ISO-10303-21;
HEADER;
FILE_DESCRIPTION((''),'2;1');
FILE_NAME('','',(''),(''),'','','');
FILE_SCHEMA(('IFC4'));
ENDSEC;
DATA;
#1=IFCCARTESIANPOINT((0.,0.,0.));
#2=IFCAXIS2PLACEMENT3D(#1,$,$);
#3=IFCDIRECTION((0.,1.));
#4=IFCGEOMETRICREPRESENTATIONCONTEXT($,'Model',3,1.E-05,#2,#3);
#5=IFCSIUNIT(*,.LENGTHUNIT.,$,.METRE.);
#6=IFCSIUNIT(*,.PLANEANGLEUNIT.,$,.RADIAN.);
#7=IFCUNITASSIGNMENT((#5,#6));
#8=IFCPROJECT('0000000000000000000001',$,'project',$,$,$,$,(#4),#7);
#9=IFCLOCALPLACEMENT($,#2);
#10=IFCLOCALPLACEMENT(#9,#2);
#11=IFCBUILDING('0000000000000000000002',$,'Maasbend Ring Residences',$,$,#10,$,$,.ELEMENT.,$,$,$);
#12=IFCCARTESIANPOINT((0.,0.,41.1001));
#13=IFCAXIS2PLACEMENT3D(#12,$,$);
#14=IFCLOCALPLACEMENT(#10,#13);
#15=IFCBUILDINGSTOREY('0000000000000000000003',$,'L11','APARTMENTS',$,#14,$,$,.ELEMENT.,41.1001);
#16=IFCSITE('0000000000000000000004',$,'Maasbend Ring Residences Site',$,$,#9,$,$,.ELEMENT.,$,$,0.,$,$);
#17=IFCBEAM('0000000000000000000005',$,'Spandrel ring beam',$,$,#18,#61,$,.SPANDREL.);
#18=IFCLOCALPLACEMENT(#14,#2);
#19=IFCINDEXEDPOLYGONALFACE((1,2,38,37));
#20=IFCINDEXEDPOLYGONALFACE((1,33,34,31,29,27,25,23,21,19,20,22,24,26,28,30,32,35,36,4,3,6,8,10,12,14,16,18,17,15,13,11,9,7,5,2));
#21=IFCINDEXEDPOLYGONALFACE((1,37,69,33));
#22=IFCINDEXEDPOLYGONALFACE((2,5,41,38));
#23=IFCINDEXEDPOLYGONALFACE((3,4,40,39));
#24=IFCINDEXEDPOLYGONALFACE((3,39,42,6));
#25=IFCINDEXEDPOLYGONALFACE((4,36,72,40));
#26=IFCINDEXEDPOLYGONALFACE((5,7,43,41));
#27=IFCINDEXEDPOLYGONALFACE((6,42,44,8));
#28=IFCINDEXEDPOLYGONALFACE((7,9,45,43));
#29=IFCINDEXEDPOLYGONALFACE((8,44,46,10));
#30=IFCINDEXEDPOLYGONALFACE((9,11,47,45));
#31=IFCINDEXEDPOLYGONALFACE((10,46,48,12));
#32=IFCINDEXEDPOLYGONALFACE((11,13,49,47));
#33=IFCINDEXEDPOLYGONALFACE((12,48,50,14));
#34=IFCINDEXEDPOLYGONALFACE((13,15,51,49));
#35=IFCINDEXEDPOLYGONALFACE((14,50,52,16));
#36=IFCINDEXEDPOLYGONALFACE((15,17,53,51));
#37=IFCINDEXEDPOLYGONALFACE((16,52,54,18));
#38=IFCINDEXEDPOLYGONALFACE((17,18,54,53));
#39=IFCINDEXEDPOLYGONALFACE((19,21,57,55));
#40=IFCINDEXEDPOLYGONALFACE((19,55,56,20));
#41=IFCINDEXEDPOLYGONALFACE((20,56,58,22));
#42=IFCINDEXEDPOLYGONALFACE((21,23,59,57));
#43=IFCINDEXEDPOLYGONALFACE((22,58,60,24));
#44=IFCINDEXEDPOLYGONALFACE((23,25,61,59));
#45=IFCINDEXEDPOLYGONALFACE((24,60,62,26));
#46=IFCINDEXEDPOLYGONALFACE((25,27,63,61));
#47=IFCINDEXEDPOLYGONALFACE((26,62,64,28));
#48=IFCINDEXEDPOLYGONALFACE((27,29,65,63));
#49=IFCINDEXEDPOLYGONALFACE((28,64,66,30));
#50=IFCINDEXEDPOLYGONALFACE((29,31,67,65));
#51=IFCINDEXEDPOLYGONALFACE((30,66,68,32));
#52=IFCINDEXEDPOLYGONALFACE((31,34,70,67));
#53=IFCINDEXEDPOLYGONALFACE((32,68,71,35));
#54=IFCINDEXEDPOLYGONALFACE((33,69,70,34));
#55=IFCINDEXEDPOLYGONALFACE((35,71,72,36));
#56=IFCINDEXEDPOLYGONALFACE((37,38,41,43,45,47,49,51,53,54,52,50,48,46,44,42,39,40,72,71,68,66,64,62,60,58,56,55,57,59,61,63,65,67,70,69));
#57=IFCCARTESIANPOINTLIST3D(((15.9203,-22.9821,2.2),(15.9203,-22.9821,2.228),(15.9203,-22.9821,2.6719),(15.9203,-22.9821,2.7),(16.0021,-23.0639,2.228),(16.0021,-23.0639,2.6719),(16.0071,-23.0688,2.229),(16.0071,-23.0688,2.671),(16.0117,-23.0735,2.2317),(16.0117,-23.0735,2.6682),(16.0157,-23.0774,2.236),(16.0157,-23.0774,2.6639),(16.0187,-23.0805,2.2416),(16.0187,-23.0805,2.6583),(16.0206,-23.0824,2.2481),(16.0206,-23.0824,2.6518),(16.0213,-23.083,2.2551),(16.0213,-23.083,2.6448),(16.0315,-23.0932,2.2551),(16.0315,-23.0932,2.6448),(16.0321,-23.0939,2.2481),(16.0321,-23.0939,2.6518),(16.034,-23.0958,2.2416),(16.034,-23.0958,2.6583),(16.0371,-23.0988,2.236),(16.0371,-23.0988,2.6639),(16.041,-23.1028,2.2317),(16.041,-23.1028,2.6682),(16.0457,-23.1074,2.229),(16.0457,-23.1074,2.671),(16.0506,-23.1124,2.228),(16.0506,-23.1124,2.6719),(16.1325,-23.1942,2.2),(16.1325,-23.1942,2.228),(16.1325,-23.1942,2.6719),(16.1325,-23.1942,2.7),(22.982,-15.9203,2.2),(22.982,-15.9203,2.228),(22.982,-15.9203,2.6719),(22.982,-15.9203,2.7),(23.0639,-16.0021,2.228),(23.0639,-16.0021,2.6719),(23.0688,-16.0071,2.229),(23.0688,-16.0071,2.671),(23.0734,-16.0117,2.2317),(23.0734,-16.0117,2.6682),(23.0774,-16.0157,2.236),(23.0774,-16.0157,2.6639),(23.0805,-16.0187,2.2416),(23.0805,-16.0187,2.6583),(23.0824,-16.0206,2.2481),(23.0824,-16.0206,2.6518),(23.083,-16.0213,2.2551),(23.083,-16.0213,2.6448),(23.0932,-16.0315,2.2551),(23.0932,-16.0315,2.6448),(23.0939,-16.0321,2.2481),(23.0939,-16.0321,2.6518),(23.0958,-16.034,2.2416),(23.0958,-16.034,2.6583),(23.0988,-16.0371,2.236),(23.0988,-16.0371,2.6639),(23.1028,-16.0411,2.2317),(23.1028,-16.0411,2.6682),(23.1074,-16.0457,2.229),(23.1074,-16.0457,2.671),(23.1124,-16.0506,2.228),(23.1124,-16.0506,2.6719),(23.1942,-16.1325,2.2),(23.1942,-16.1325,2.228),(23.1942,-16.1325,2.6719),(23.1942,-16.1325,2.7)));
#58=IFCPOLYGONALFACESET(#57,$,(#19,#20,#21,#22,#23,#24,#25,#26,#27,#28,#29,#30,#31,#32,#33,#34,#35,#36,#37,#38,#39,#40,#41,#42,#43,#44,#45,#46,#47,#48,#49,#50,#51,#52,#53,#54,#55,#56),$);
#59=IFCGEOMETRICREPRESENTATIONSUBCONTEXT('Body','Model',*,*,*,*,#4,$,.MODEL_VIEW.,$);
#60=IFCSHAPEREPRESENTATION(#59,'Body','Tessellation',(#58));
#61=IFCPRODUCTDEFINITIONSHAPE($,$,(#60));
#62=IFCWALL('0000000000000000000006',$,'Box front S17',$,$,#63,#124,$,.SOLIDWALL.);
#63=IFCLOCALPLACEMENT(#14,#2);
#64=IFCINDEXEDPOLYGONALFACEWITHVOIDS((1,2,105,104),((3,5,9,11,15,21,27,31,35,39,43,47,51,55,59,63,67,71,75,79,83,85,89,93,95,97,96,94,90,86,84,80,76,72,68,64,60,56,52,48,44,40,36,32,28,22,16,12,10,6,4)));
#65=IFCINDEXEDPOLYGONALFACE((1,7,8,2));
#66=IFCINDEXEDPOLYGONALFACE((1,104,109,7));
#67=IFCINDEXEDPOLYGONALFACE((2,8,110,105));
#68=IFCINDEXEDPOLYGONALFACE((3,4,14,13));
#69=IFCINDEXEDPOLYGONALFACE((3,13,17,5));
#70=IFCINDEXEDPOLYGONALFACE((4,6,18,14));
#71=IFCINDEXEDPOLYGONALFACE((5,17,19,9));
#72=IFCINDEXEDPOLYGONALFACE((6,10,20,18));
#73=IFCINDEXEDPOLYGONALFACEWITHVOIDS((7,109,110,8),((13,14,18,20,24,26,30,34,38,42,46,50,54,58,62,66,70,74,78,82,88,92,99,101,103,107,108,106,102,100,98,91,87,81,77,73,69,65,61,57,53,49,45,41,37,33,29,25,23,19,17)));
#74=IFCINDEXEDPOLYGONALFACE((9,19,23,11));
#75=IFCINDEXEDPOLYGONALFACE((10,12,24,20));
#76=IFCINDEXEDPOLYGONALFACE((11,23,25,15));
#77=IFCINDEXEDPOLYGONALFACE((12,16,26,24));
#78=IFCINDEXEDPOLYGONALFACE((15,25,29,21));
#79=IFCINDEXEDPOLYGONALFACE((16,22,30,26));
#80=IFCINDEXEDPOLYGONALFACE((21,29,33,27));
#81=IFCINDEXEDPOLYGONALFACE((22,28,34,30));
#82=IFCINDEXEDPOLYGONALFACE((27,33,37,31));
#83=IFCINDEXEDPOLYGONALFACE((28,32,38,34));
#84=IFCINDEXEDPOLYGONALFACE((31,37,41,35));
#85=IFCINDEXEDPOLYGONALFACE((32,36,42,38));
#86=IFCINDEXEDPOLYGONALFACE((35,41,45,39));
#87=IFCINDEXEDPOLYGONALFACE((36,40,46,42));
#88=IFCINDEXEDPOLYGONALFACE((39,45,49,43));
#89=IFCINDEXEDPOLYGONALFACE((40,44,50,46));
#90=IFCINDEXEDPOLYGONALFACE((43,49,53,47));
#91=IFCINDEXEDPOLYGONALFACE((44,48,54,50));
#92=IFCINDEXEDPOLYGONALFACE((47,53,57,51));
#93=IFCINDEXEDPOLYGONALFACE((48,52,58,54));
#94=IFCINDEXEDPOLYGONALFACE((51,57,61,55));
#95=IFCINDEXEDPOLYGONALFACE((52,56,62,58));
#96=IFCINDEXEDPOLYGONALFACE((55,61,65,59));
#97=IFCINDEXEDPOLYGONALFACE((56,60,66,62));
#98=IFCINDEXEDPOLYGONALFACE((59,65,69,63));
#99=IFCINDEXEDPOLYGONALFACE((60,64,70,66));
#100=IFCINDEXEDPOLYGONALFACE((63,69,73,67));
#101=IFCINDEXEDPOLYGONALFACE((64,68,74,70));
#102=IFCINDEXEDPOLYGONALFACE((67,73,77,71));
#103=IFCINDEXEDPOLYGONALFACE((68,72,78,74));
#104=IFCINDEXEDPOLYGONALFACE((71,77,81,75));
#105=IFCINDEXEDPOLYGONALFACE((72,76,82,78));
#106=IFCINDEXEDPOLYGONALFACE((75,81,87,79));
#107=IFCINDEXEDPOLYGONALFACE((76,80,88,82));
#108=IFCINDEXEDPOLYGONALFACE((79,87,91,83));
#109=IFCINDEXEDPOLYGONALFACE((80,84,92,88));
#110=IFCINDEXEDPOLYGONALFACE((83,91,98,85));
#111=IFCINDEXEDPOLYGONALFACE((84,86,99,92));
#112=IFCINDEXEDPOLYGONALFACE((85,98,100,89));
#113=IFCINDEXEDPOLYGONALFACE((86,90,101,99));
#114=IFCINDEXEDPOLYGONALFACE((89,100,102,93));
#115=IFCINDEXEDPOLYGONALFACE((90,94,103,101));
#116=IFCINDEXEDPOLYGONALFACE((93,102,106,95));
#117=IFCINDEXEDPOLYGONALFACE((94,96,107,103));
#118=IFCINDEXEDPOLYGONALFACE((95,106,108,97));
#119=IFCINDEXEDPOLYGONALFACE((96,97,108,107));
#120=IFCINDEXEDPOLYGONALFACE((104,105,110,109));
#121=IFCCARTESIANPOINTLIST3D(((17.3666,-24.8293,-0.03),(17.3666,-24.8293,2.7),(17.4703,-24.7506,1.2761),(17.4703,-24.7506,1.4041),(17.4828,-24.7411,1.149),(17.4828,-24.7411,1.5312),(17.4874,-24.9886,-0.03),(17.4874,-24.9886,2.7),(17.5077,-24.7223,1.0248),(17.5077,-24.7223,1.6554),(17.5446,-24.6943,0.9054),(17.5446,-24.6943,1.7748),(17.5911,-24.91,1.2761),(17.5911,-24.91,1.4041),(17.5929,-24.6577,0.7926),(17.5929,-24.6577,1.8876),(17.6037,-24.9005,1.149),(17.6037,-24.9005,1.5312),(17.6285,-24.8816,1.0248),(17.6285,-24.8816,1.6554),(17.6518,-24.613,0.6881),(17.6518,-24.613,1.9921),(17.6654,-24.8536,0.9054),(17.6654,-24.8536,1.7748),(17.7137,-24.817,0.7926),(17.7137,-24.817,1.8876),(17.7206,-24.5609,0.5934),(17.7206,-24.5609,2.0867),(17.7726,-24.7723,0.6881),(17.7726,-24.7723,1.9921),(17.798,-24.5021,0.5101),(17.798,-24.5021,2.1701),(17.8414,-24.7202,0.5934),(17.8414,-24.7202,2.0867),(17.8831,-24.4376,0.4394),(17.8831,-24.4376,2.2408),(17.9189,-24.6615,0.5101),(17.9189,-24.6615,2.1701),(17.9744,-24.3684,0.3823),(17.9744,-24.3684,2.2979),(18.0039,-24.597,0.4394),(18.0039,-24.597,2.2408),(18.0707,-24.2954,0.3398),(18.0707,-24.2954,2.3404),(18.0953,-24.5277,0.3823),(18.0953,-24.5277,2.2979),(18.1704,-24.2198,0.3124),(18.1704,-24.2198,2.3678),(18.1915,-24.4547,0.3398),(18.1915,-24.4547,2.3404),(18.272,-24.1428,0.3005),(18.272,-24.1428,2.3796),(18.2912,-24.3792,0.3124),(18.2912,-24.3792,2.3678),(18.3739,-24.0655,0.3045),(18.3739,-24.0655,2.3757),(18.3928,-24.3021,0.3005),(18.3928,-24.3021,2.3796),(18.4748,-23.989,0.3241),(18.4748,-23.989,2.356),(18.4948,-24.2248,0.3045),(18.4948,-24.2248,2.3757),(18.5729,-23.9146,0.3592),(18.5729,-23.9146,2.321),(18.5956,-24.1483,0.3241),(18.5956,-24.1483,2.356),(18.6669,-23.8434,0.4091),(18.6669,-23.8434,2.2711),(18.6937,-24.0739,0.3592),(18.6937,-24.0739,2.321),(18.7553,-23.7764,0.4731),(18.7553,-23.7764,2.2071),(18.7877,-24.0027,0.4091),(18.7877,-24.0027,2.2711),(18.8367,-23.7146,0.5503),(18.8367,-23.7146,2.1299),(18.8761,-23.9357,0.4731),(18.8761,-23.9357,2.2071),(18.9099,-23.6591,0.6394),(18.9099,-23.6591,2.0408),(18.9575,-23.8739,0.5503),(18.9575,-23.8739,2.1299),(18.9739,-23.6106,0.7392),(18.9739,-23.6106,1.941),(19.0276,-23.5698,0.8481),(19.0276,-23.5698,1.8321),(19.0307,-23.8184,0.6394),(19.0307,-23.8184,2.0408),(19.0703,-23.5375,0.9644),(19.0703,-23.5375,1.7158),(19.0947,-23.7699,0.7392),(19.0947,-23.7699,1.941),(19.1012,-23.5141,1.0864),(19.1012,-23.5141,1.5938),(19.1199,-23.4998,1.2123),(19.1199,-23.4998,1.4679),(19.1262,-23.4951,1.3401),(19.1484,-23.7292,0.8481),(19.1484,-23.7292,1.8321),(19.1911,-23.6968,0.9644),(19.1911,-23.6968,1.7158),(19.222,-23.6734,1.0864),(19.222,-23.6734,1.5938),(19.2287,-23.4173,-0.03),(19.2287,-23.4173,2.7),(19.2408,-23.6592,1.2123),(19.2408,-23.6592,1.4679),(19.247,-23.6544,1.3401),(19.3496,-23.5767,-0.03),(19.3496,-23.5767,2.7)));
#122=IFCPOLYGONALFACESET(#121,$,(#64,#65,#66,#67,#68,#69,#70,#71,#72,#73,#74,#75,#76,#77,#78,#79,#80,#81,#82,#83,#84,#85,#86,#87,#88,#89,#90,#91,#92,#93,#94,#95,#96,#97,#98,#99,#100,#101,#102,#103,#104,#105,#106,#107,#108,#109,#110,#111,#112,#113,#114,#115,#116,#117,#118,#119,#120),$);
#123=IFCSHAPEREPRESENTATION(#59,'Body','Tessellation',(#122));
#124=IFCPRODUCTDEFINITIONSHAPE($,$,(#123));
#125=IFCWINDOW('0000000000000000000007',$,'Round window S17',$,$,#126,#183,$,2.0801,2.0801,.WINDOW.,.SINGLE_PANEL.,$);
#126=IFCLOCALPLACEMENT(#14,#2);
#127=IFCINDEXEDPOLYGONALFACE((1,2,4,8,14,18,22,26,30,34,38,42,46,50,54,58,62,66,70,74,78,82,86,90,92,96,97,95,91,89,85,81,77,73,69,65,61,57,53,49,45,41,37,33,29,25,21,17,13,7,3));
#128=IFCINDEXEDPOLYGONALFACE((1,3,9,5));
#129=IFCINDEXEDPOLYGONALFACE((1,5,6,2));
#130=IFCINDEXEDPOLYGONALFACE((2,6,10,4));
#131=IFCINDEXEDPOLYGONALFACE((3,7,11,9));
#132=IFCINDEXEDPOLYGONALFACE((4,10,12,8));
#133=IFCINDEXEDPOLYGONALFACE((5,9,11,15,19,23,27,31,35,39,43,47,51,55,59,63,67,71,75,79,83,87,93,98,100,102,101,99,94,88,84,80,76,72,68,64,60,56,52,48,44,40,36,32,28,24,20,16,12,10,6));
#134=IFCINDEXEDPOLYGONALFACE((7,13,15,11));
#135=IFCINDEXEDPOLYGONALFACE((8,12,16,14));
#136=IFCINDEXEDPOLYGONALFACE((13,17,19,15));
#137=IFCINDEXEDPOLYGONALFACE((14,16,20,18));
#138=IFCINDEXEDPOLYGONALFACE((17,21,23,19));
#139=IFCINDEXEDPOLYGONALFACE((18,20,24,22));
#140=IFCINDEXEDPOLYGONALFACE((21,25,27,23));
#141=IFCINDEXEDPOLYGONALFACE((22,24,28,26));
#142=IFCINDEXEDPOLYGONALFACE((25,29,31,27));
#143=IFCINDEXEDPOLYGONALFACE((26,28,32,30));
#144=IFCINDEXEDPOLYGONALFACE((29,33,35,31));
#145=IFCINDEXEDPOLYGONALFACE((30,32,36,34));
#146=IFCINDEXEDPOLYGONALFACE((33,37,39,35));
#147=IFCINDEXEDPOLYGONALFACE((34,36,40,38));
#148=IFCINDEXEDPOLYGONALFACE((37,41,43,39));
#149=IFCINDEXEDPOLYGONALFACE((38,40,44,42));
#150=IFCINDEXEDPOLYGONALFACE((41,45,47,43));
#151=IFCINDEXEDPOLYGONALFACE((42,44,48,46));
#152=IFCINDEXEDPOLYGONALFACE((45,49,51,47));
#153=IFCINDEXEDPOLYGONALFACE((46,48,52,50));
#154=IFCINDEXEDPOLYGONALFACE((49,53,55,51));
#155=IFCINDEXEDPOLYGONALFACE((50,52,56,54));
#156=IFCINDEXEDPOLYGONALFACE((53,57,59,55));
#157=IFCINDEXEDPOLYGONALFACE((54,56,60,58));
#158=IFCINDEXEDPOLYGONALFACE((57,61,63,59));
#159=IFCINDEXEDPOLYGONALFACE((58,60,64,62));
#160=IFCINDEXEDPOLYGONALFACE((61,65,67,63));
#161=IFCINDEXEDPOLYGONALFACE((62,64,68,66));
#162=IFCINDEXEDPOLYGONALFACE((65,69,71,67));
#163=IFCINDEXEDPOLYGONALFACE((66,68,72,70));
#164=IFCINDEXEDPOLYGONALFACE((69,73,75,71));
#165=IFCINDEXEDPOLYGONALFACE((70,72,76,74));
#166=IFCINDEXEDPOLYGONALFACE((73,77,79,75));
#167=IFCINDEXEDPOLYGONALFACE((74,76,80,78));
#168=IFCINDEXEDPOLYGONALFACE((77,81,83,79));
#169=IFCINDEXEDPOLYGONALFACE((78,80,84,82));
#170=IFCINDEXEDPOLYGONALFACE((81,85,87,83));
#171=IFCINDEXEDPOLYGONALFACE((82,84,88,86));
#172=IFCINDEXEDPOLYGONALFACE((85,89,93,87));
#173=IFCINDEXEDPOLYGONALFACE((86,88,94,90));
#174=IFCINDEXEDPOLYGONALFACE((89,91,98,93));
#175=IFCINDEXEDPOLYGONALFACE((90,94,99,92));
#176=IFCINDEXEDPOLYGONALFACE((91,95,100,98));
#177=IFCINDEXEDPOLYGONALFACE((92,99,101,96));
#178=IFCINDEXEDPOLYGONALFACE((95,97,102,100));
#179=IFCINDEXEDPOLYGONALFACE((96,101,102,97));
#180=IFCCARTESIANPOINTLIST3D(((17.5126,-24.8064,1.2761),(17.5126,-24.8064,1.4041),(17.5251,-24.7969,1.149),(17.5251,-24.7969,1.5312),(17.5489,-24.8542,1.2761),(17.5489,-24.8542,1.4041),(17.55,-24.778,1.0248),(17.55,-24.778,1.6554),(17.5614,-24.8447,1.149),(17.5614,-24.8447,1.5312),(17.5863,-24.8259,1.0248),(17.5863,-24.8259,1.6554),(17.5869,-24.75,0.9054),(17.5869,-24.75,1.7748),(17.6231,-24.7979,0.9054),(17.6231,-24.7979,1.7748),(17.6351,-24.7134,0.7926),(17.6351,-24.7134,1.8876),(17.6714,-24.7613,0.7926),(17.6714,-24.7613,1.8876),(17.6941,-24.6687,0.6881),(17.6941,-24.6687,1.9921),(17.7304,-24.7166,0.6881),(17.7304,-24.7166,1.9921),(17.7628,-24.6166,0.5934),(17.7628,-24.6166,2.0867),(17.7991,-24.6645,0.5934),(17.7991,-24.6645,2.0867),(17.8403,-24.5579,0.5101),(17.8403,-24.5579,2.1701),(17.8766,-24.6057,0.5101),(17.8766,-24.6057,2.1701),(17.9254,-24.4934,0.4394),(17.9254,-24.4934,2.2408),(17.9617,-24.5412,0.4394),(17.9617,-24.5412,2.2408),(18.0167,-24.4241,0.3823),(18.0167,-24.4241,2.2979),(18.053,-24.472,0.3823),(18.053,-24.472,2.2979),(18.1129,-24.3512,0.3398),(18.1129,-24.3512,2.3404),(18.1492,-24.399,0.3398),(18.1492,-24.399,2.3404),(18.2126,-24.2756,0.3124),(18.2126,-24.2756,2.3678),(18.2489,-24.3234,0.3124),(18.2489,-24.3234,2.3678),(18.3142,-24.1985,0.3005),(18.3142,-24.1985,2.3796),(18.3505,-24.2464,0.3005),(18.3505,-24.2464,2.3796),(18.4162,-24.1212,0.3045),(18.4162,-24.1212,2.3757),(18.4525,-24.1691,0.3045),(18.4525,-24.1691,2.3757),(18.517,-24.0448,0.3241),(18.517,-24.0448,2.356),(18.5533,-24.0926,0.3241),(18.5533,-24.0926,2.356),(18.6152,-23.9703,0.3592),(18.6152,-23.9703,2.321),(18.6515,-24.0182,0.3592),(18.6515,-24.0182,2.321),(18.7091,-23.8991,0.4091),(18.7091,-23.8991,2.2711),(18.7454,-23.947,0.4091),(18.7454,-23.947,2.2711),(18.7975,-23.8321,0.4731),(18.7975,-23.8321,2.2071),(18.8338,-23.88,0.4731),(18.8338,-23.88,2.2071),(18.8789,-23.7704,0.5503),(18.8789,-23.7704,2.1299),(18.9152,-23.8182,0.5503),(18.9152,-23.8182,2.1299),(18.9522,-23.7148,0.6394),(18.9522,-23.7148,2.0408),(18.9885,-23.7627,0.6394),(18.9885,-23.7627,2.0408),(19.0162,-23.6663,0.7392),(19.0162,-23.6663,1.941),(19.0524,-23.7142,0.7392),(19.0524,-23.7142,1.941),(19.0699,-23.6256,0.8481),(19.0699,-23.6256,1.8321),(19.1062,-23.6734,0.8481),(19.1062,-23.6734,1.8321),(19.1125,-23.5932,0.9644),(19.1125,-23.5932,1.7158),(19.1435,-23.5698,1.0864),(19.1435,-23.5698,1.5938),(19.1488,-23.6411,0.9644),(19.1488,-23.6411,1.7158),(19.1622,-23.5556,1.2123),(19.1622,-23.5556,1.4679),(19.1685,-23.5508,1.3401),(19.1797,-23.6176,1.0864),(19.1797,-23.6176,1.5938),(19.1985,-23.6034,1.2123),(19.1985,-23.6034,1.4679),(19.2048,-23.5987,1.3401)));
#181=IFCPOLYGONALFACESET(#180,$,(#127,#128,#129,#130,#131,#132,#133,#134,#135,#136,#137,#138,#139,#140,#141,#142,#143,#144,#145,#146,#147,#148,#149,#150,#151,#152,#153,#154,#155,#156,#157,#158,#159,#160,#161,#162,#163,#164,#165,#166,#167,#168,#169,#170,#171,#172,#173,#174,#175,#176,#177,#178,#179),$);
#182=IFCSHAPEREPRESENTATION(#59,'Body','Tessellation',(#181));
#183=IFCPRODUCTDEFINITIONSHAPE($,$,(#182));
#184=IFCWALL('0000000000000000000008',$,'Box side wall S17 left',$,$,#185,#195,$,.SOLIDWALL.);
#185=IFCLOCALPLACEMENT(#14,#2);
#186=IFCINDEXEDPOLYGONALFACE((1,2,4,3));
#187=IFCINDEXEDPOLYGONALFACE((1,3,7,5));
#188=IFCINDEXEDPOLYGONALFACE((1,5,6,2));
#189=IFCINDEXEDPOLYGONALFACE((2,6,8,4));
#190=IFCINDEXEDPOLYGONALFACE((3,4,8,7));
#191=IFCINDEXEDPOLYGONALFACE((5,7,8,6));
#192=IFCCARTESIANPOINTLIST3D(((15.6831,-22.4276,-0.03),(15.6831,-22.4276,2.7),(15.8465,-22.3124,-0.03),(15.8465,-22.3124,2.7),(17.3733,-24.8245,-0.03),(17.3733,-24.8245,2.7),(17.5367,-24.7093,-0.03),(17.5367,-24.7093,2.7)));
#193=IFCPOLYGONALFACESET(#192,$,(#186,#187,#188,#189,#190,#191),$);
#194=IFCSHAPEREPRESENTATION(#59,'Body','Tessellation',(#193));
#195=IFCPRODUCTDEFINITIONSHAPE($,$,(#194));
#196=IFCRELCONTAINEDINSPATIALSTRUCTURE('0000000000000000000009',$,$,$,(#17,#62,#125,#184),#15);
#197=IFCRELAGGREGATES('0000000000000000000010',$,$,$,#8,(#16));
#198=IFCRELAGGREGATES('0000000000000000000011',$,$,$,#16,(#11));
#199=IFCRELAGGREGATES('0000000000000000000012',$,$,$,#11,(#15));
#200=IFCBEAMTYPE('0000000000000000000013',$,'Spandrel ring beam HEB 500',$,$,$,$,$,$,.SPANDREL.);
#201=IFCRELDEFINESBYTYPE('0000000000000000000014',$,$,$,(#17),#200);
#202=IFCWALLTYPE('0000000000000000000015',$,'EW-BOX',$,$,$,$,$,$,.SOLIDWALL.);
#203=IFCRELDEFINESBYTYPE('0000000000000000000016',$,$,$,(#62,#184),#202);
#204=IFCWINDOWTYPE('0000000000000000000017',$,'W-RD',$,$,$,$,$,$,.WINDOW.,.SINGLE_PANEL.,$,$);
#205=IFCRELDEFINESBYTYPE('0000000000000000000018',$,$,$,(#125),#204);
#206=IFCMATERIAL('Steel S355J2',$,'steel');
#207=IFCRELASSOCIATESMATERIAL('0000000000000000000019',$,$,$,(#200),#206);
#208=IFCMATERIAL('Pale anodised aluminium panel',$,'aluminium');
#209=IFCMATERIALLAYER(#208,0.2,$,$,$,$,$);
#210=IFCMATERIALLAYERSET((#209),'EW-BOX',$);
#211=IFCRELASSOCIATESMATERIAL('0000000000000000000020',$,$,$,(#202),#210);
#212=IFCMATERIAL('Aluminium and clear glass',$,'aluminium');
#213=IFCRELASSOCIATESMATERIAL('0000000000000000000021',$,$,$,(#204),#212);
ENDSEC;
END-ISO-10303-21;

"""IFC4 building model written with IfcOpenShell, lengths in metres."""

from ifc_helpers import new_model, si_unit, direction, frame, frame_2d, origin, origin_2d, place, context, subcontext, project, spatial, rectangle, circle, i_section, extrude, material, layer, layer_set, material_profile, profile_set, type_object, element, fill, save


model = new_model("IFC4")

# Units and contexts
model_context = context("Model", 3, precision=1e-05, world=origin(), true_north=direction((0.0, 1.0)))
body_context = subcontext(model_context, "Body", "Model", "MODEL_VIEW")
ifc_project = project(units=[si_unit("LENGTHUNIT", "METRE"), si_unit("PLANEANGLEUNIT", "RADIAN")], contexts=[model_context])

# Site, building, storey
site_placement = place(None, origin())
site = spatial("IfcSite", under=ifc_project, at=site_placement, Name="Maasbend Ring Residences Site", CompositionType="ELEMENT", RefElevation=0.0)
building_placement = place(site_placement, origin())
building = spatial("IfcBuilding", under=site, at=building_placement, Name="Maasbend Ring Residences", CompositionType="ELEMENT")
storey_placement = place(building_placement, frame((0.0, 0.0, 41.1001)))
storey = spatial("IfcBuildingStorey", under=building, at=storey_placement, Name="L11", Description="APARTMENTS", CompositionType="ELEMENT", Elevation=41.1001)

# Beam
ifc_material_1 = material(Name="Steel S355J2", Category="steel")
ifc_material_profile_1 = material_profile(ifc_material_1, i_section(OverallWidth=0.3, OverallDepth=0.5, WebThickness=0.0144, FlangeThickness=0.0281, FilletRadius=0.0271, at=origin_2d()), Name="HEB 500")
ifc_profile_set_1 = profile_set([ifc_material_profile_1], Name="Steel S355J2")
beam_type = type_object("IfcBeamType", Name="Spandrel ring beam HEB 500", PredefinedType="SPANDREL", material=ifc_profile_set_1)
beam_placement = place(storey_placement, frame((16.0264, -23.0881, 2.45), z_axis=(0.707107, 0.707107, 0.0), x_axis=(-0.707107, 0.707107, 0.0)))
element("IfcBeam", 1, at=beam_placement, inside=storey, type_object=beam_type, Name="Spandrel ring beam", PredefinedType="SPANDREL", context=body_context, shape_type="SweptSolid", body=[
    extrude(i_section(OverallWidth=0.3, OverallDepth=0.5, WebThickness=0.0144, FlangeThickness=0.0281, FilletRadius=0.0271, at=origin_2d()), origin(), (0.0, 0.0, 1.0), 9.9868),
])

# Wall, opening, window
ifc_material_2 = material(Name="Pale anodised aluminium panel", Category="aluminium")
ifc_layer_1 = layer(ifc_material_2, 0.2)
ifc_layer_set_1 = layer_set([ifc_layer_1], Name="EW-BOX")
wall_type_1 = type_object("IfcWallType", Name="EW-BOX", PredefinedType="SOLIDWALL", material=ifc_layer_set_1)
wall_1_placement = place(storey_placement, frame((17.427, -24.9089, -0.03), z_axis=(0.0, 0.0, 1.0), x_axis=(0.796842, 0.604188, 0.0)))
wall_1 = element("IfcWall", 2, at=wall_1_placement, inside=storey, type_object=wall_type_1, Name="Box front S17", PredefinedType="SOLIDWALL", context=body_context, shape_type="SweptSolid", body=[
    extrude(rectangle(XDim=2.3369, YDim=0.2, at=frame_2d((1.1685, 0.0))), origin(), (0.0, 0.0, 1.0), 2.73),
])
opening_1_placement = place(wall_1_placement, frame((0.1282, 0.0, 0.3301)))
opening_1 = element("IfcOpeningElement", 3, at=opening_1_placement, cuts=wall_1, PredefinedType="OPENING", context=body_context, shape_type="SweptSolid", body=[
    extrude(circle(Radius=1.04, at=frame_2d((1.04, 1.04))), frame((0.0, 0.1099, 0.0), z_axis=(0.0, -1.0, 0.0), x_axis=(1.0, 0.0, 0.0)), (0.0, 0.0, 1.0), 0.22),
])
ifc_material_3 = material(Name="Aluminium and clear glass", Category="aluminium")
window_type_1 = type_object("IfcWindowType", Name="W-RD", PartitioningType="SINGLE_PANEL", PredefinedType="WINDOW", material=ifc_material_3)
window_1_placement = place(opening_1_placement, origin())
window_1 = element("IfcWindow", 4, at=window_1_placement, inside=storey, type_object=window_type_1, Name="Round window S17", OverallHeight=2.0801, OverallWidth=2.0801, PartitioningType="SINGLE_PANEL", PredefinedType="WINDOW", context=body_context, shape_type="SweptSolid", body=[
    extrude(circle(Radius=1.04, at=frame_2d((1.04, 1.04))), frame((0.0, 0.03, 0.0), z_axis=(0.0, -1.0, 0.0), x_axis=(1.0, 0.0, 0.0)), (0.0, 0.0, 1.0), 0.0601),
])
fill(opening_1, window_1)

# Wall
wall_2_placement = place(storey_placement, frame((15.7649, -22.3701, -0.03), z_axis=(0.0, 0.0, 1.0), x_axis=(0.576275, -0.817256, 0.0)))
element("IfcWall", 5, at=wall_2_placement, inside=storey, type_object=wall_type_1, Name="Box side wall S17 left", PredefinedType="SOLIDWALL", context=body_context, shape_type="SweptSolid", body=[
    extrude(rectangle(XDim=2.9329, YDim=0.2, at=frame_2d((1.4663, 0.0))), origin(), (0.0, 0.0, 1.0), 2.73),
])

save(model, "model.ifc")
